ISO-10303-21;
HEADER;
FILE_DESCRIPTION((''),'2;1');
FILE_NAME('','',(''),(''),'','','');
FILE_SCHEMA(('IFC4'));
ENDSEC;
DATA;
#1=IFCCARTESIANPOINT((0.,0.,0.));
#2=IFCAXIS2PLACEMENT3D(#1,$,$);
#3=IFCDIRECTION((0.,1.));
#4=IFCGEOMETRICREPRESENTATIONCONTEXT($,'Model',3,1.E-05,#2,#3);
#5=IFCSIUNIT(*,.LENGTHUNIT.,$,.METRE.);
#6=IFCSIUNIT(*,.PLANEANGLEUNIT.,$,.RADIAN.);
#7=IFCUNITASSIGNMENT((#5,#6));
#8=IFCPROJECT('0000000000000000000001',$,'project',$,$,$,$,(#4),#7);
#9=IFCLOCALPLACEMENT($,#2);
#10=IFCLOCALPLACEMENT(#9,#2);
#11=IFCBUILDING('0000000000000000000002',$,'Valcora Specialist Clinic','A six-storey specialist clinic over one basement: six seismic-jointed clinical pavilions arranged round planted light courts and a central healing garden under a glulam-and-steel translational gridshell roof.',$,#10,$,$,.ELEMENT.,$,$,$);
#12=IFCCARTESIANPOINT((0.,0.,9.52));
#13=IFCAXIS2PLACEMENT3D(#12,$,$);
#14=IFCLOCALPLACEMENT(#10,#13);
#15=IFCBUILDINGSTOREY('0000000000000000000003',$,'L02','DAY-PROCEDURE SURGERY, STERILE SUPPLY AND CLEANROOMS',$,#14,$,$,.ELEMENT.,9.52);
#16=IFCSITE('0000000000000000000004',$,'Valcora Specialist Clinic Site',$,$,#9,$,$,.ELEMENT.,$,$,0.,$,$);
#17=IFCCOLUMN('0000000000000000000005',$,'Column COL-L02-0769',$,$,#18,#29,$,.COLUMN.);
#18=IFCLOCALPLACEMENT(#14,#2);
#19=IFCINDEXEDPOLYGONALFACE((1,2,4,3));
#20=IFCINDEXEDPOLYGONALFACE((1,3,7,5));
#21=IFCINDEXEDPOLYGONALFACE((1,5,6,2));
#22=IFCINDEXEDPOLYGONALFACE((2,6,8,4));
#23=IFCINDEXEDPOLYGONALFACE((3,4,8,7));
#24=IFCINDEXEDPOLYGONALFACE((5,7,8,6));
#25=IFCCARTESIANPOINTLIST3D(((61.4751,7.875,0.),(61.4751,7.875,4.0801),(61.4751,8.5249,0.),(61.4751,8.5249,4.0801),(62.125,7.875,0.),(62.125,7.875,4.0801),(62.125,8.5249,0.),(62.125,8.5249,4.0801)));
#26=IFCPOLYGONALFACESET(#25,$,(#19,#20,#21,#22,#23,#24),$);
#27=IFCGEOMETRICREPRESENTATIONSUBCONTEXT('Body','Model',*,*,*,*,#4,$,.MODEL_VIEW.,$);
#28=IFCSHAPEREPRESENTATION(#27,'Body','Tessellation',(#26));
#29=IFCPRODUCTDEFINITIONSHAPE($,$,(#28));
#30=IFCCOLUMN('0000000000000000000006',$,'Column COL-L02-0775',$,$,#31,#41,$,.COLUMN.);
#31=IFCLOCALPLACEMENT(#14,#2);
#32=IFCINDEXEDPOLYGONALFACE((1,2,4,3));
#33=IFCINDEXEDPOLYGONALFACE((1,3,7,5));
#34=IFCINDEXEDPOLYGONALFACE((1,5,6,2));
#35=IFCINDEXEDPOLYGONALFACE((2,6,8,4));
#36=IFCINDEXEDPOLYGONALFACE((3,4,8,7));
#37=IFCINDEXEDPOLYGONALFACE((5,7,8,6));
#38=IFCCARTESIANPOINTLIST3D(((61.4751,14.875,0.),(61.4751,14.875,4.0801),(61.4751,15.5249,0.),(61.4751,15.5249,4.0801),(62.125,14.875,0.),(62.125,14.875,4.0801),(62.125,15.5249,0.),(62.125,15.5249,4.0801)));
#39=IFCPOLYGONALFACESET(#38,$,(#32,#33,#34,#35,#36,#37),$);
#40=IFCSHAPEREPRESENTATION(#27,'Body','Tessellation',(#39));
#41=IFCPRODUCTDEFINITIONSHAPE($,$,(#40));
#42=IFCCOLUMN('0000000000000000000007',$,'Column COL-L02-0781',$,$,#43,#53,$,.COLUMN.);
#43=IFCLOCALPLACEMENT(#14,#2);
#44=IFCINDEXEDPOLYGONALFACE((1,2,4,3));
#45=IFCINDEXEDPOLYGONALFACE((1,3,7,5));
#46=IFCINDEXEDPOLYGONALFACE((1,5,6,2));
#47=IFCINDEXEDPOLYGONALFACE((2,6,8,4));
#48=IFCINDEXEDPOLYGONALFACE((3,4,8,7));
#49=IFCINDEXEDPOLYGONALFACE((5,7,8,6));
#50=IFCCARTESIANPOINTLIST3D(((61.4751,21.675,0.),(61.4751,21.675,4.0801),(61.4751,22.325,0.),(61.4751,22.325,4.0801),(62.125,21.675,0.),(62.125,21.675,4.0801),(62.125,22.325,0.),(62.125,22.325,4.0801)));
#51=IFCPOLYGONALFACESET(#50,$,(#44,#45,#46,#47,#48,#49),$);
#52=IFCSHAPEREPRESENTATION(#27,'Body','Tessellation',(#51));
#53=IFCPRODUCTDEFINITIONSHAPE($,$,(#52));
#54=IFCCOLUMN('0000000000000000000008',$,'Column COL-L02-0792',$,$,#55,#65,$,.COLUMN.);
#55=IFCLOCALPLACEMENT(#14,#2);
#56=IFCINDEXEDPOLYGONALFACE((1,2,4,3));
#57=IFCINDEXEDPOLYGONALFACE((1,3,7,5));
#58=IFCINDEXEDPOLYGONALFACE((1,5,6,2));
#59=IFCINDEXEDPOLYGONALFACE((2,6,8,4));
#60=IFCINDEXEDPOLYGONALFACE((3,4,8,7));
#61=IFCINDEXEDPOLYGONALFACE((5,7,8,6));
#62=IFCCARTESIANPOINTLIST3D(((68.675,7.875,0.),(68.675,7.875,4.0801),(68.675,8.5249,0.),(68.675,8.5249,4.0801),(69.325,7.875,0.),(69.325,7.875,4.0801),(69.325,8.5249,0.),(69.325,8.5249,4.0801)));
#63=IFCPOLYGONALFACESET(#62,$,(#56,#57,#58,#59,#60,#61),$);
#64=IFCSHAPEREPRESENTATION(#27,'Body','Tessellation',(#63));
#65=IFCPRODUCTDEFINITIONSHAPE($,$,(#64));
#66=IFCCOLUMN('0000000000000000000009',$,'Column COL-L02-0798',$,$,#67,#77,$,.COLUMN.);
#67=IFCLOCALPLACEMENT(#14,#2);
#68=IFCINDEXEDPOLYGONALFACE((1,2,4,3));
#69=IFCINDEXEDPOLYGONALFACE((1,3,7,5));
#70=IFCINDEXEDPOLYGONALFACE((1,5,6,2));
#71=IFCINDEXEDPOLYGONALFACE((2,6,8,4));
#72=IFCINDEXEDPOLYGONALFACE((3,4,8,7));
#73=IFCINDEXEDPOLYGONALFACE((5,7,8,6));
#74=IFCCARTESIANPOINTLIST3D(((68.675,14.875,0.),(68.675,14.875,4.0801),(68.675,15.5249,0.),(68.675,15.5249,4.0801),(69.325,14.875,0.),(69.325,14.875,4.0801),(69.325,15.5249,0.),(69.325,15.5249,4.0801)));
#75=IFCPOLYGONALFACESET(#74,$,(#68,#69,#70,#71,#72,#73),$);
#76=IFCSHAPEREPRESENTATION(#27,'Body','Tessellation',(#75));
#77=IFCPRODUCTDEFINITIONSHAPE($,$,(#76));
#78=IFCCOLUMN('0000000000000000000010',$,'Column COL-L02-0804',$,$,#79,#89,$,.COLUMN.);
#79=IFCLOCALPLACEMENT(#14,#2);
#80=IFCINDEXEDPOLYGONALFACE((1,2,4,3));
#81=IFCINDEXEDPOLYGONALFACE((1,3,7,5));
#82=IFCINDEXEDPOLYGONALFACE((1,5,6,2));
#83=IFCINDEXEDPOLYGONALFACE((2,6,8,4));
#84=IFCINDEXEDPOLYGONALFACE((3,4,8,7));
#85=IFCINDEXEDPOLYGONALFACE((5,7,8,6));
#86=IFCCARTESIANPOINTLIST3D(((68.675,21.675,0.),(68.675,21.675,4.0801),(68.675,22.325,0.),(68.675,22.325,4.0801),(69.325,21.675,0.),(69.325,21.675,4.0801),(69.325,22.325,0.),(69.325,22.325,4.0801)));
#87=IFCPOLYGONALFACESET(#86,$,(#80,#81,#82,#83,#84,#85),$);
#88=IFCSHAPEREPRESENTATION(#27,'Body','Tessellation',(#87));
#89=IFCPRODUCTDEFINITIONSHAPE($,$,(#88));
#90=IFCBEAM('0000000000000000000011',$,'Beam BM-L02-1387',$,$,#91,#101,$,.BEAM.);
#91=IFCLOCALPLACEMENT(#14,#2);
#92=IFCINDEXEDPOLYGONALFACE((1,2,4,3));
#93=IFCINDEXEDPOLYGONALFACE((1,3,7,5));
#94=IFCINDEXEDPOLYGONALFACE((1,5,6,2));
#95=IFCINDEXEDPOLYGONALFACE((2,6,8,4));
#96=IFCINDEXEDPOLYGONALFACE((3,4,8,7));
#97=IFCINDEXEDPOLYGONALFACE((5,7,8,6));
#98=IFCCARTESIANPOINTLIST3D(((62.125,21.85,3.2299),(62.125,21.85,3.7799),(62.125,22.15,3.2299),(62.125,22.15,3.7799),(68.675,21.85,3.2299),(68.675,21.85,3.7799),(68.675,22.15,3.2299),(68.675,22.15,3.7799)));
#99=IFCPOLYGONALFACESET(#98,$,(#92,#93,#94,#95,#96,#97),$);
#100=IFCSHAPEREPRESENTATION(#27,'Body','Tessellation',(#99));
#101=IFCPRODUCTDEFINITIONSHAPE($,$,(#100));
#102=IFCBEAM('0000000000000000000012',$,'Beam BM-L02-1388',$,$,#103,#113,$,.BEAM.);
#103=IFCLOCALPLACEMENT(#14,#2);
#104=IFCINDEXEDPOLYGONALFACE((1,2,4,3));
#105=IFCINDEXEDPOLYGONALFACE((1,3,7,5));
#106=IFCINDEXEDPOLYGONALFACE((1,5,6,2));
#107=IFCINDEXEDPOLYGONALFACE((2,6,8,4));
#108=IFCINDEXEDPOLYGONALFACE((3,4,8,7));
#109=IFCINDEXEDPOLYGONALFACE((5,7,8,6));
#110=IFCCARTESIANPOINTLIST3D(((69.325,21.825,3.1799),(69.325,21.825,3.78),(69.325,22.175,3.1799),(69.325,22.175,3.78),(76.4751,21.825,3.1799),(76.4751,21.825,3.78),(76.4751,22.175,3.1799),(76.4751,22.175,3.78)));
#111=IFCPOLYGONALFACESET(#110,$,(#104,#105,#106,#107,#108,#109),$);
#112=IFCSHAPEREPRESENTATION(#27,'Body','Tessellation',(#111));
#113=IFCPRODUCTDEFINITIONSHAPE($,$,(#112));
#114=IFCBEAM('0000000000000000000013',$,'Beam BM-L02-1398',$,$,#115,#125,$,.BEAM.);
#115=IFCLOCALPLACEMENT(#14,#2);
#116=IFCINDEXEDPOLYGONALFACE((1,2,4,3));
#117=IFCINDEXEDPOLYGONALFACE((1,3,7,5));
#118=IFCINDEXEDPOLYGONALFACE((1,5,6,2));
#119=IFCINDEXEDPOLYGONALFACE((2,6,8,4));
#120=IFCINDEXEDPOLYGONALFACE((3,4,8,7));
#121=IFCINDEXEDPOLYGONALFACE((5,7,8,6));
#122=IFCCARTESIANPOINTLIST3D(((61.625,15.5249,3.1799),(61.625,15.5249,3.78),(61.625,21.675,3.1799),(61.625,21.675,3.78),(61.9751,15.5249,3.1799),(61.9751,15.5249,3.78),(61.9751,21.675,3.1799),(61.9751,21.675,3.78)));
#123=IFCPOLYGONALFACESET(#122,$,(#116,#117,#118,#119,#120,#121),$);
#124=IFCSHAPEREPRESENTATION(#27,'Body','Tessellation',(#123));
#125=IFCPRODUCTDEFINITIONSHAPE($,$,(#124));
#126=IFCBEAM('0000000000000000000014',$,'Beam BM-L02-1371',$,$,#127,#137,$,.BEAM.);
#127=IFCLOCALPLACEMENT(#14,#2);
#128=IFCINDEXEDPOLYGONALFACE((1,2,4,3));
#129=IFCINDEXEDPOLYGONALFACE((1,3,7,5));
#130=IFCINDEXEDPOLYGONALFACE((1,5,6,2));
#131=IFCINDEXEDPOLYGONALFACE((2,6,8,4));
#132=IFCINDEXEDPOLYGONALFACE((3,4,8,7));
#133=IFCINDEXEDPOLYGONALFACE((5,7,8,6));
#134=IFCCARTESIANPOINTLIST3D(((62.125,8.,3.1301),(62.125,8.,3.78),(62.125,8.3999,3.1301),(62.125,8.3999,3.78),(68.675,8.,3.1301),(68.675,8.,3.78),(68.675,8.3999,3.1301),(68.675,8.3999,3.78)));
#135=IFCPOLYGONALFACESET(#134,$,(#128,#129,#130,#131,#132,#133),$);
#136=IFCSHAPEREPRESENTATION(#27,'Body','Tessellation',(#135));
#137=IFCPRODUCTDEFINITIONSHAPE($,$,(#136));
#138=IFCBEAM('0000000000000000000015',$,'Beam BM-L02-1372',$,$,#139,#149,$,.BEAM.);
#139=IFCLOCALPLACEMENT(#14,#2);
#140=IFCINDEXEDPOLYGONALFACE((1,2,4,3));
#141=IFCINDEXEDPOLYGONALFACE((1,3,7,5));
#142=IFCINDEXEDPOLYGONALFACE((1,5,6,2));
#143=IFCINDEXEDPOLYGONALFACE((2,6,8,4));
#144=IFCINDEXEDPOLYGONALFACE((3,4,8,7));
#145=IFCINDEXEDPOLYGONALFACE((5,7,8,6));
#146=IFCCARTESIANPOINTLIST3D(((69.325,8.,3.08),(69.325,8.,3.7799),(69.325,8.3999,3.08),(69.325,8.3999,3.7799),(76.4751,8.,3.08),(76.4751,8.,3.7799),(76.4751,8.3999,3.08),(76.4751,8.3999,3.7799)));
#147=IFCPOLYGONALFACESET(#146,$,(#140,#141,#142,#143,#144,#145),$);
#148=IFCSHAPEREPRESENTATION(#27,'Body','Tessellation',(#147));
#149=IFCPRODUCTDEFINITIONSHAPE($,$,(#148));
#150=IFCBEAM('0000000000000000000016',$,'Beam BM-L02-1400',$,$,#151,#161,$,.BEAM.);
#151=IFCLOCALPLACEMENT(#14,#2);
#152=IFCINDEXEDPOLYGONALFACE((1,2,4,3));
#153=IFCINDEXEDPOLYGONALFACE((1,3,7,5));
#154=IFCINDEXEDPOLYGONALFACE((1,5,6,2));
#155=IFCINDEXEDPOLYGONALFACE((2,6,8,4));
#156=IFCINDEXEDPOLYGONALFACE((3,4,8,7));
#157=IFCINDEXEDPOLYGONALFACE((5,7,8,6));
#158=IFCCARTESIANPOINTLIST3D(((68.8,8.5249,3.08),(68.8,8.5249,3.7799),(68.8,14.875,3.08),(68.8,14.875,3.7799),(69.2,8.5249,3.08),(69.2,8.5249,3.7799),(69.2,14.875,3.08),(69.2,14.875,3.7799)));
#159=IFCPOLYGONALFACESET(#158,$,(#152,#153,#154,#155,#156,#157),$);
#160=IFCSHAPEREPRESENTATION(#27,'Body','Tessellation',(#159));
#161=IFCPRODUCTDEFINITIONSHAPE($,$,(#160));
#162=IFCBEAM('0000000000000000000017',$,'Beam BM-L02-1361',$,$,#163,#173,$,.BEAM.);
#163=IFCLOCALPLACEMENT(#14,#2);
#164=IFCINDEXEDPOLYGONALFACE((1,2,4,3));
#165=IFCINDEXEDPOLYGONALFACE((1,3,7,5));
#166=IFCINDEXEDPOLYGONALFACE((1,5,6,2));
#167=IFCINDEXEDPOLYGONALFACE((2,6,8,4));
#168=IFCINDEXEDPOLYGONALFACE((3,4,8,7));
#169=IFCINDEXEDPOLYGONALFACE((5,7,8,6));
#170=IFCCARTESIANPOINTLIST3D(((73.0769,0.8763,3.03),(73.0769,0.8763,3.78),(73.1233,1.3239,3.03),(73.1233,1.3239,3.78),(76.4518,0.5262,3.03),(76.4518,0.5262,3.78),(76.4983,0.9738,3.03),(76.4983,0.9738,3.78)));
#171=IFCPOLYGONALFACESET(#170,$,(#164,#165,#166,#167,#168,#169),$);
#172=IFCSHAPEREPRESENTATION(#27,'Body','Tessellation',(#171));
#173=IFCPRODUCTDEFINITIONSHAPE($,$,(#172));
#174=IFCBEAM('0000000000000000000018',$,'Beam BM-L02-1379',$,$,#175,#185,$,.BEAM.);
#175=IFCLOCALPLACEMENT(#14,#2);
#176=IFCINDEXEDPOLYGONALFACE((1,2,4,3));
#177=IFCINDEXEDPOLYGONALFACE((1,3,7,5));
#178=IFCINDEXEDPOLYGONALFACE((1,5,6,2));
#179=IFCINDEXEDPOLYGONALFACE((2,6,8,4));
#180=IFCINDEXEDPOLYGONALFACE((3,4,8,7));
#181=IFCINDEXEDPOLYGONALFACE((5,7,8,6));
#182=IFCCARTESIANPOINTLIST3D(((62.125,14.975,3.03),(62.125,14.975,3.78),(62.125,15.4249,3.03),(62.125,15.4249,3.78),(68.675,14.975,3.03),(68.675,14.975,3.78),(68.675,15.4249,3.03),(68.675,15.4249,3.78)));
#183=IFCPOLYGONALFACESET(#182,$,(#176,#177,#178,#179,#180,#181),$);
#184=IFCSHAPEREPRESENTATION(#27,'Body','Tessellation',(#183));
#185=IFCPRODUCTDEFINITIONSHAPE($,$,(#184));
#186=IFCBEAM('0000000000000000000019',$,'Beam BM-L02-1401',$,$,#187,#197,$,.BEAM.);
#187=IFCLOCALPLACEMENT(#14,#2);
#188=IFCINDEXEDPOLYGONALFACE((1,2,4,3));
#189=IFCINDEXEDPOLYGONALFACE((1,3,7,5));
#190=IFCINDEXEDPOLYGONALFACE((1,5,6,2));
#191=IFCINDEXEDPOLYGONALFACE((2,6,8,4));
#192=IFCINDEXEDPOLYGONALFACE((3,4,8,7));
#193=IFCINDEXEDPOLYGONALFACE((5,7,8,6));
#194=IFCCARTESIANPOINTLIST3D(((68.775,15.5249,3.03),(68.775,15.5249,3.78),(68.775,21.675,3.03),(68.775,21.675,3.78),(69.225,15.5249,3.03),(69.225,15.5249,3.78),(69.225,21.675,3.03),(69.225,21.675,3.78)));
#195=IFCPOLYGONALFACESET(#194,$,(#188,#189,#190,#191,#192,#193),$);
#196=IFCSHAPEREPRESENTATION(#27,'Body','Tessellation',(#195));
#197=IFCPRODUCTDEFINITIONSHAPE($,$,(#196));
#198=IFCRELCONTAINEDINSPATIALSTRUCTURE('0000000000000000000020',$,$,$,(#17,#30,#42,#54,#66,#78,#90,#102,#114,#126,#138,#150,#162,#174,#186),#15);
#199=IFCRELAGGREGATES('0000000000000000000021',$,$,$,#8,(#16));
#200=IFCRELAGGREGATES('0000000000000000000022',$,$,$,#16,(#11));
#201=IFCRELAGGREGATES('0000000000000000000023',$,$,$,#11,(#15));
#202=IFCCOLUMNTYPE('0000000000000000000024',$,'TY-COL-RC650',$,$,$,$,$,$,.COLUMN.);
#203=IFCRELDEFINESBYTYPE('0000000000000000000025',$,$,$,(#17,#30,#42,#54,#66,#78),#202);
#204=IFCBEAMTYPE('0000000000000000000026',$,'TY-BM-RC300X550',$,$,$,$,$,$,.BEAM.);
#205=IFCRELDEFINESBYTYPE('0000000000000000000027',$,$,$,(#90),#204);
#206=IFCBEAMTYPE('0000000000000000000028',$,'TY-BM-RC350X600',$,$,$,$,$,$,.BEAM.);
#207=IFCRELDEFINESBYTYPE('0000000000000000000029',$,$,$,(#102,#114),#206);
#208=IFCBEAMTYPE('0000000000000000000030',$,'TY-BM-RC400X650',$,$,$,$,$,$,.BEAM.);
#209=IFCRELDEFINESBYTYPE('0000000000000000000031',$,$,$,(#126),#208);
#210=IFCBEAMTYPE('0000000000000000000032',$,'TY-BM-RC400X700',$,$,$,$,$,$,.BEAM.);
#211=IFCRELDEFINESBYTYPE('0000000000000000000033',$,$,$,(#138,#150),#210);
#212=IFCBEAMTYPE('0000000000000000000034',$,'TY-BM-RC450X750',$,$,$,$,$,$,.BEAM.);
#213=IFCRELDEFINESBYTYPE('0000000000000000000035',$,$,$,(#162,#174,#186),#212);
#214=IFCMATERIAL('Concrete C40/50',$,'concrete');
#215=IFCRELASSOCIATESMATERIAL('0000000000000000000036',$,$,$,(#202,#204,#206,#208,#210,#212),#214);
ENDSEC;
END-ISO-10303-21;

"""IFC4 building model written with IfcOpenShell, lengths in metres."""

from ifc_helpers import new_model, si_unit, direction, frame, origin, origin_2d, place, context, subcontext, project, spatial, rectangle, extrude, material, material_profile, profile_set, type_object, element, save


model = new_model("IFC4")

# Units and contexts
model_context = context("Model", 3, precision=1e-05, world=origin(), true_north=direction((0.0, 1.0)))
body_context = subcontext(model_context, "Body", "Model", "MODEL_VIEW")
ifc_project = project(units=[si_unit("LENGTHUNIT", "METRE"), si_unit("PLANEANGLEUNIT", "RADIAN")], contexts=[model_context])

# Site, building, storey
site_placement = place(None, origin())
site = spatial("IfcSite", under=ifc_project, at=site_placement, Name="Valcora Specialist Clinic Site", CompositionType="ELEMENT", RefElevation=0.0)
building_placement = place(site_placement, origin())
building = spatial("IfcBuilding", under=site, at=building_placement, Name="Valcora Specialist Clinic", Description="A six-storey specialist clinic over one basement: six seismic-jointed clinical pavilions arranged round planted light courts and a central healing garden under a glulam-and-steel translational gridshell roof.", CompositionType="ELEMENT")
storey_placement = place(building_placement, frame((0.0, 0.0, 9.52)))
storey = spatial("IfcBuildingStorey", under=building, at=storey_placement, Name="L02", Description="DAY-PROCEDURE SURGERY, STERILE SUPPLY AND CLEANROOMS", CompositionType="ELEMENT", Elevation=9.52)

# Columns
ifc_material_1 = material(Name="Concrete C40/50", Category="concrete")
ifc_material_profile_1 = material_profile(ifc_material_1, rectangle(XDim=0.6499, YDim=0.6499, at=origin_2d()), Name="RC-COL-650X650")
ifc_profile_set_1 = profile_set([ifc_material_profile_1], Name="Concrete C40/50")
column_type = type_object("IfcColumnType", Name="TY-COL-RC650", PredefinedType="COLUMN", material=ifc_profile_set_1)
for number, where, z_axis, x_axis, name in (
    (1, (61.8, 8.2, 0.0), (0.0, 0.0, 1.0), (1.0, 0.0, 0.0), "Column COL-L02-0769"),
    (2, (61.8, 15.2, 0.0), (0.0, 0.0, 1.0), (1.0, 0.0, 0.0), "Column COL-L02-0775"),
    (3, (61.8, 22.0, 0.0), (0.0, 0.0, 1.0), (1.0, 0.0, 0.0), "Column COL-L02-0781"),
    (4, (69.0, 8.2, 0.0), (0.0, 0.0, 1.0), (1.0, 0.0, 0.0), "Column COL-L02-0792"),
    (5, (69.0, 15.2, 0.0), (0.0, 0.0, 1.0), (1.0, 0.0, 0.0), "Column COL-L02-0798"),
    (6, (69.0, 22.0, 0.0), (0.0, 0.0, 1.0), (1.0, 0.0, 0.0), "Column COL-L02-0804"),
):
    element("IfcColumn", number, at=place(storey_placement, frame(where, z_axis=z_axis, x_axis=x_axis)), inside=storey, type_object=column_type, Name=name, PredefinedType="COLUMN", context=body_context, shape_type="SweptSolid", body=[
        extrude(rectangle(XDim=0.6499, YDim=0.6499, at=origin_2d()), origin(), (0.0, 0.0, 1.0), 4.0801),
    ])

# Beams
ifc_material_profile_2 = material_profile(ifc_material_1, rectangle(XDim=0.3, YDim=0.55, at=origin_2d()), Name="RC-BM-300X550")
ifc_profile_set_2 = profile_set([ifc_material_profile_2], Name="Concrete C40/50")
beam_type_1 = type_object("IfcBeamType", Name="TY-BM-RC300X550", PredefinedType="BEAM", material=ifc_profile_set_2)
beam_1_placement = place(storey_placement, frame((62.125, 22.0, 3.5049), z_axis=(1.0, 0.0, 0.0), x_axis=(0.0, 1.0, 0.0)))
element("IfcBeam", 7, at=beam_1_placement, inside=storey, type_object=beam_type_1, Name="Beam BM-L02-1387", PredefinedType="BEAM", context=body_context, shape_type="SweptSolid", body=[
    extrude(rectangle(XDim=0.3, YDim=0.55, at=origin_2d()), origin(), (0.0, 0.0, 1.0), 6.55),
])
ifc_material_profile_3 = material_profile(ifc_material_1, rectangle(XDim=0.3501, YDim=0.6001, at=origin_2d()), Name="RC-BM-350X600")
ifc_profile_set_3 = profile_set([ifc_material_profile_3], Name="Concrete C40/50")
beam_type_2 = type_object("IfcBeamType", Name="TY-BM-RC350X600", PredefinedType="BEAM", material=ifc_profile_set_3)
beam_2_placement = place(storey_placement, frame((69.325, 22.0, 3.48), z_axis=(1.0, 0.0, 0.0), x_axis=(0.0, 1.0, 0.0)))
element("IfcBeam", 8, at=beam_2_placement, inside=storey, type_object=beam_type_2, Name="Beam BM-L02-1388", PredefinedType="BEAM", context=body_context, shape_type="SweptSolid", body=[
    extrude(rectangle(XDim=0.3501, YDim=0.6001, at=origin_2d()), origin(), (0.0, 0.0, 1.0), 7.1501),
])
beam_3_placement = place(storey_placement, frame((61.8, 15.5249, 3.48), z_axis=(0.0, 1.0, 0.0), x_axis=(-1.0, 0.0, 0.0)))
element("IfcBeam", 9, at=beam_3_placement, inside=storey, type_object=beam_type_2, Name="Beam BM-L02-1398", PredefinedType="BEAM", context=body_context, shape_type="SweptSolid", body=[
    extrude(rectangle(XDim=0.3501, YDim=0.6001, at=origin_2d()), origin(), (0.0, 0.0, 1.0), 6.1501),
])
ifc_material_profile_4 = material_profile(ifc_material_1, rectangle(XDim=0.3999, YDim=0.6499, at=origin_2d()), Name="RC-BM-400X650")
ifc_profile_set_4 = profile_set([ifc_material_profile_4], Name="Concrete C40/50")
beam_type_3 = type_object("IfcBeamType", Name="TY-BM-RC400X650", PredefinedType="BEAM", material=ifc_profile_set_4)
beam_4_placement = place(storey_placement, frame((62.125, 8.2, 3.4551), z_axis=(1.0, 0.0, 0.0), x_axis=(0.0, 1.0, 0.0)))
element("IfcBeam", 10, at=beam_4_placement, inside=storey, type_object=beam_type_3, Name="Beam BM-L02-1371", PredefinedType="BEAM", context=body_context, shape_type="SweptSolid", body=[
    extrude(rectangle(XDim=0.3999, YDim=0.6499, at=origin_2d()), origin(), (0.0, 0.0, 1.0), 6.55),
])
ifc_material_profile_5 = material_profile(ifc_material_1, rectangle(XDim=0.3999, YDim=0.7, at=origin_2d()), Name="RC-BM-400X700")
ifc_profile_set_5 = profile_set([ifc_material_profile_5], Name="Concrete C40/50")
beam_type_4 = type_object("IfcBeamType", Name="TY-BM-RC400X700", PredefinedType="BEAM", material=ifc_profile_set_5)
beam_5_placement = place(storey_placement, frame((69.325, 8.2, 3.4299), z_axis=(1.0, 0.0, 0.0), x_axis=(0.0, 1.0, 0.0)))
element("IfcBeam", 11, at=beam_5_placement, inside=storey, type_object=beam_type_4, Name="Beam BM-L02-1372", PredefinedType="BEAM", context=body_context, shape_type="SweptSolid", body=[
    extrude(rectangle(XDim=0.3999, YDim=0.7, at=origin_2d()), origin(), (0.0, 0.0, 1.0), 7.1501),
])
beam_6_placement = place(storey_placement, frame((69.0, 8.5249, 3.4299), z_axis=(0.0, 1.0, 0.0), x_axis=(-1.0, 0.0, 0.0)))
element("IfcBeam", 12, at=beam_6_placement, inside=storey, type_object=beam_type_4, Name="Beam BM-L02-1400", PredefinedType="BEAM", context=body_context, shape_type="SweptSolid", body=[
    extrude(rectangle(XDim=0.3999, YDim=0.7, at=origin_2d()), origin(), (0.0, 0.0, 1.0), 6.3501),
])
ifc_material_profile_6 = material_profile(ifc_material_1, rectangle(XDim=0.45, YDim=0.75, at=origin_2d()), Name="RC-BM-450X750")
ifc_profile_set_6 = profile_set([ifc_material_profile_6], Name="Concrete C40/50")
beam_type_5 = type_object("IfcBeamType", Name="TY-BM-RC450X750", PredefinedType="BEAM", material=ifc_profile_set_6)
beam_7_placement = place(storey_placement, frame((73.1001, 1.1001, 3.405), z_axis=(0.994663, -0.103179, 0.0), x_axis=(0.103179, 0.994663, 0.0)))
element("IfcBeam", 13, at=beam_7_placement, inside=storey, type_object=beam_type_5, Name="Beam BM-L02-1361", PredefinedType="BEAM", context=body_context, shape_type="SweptSolid", body=[
    extrude(rectangle(XDim=0.45, YDim=0.75, at=origin_2d()), origin(), (0.0, 0.0, 1.0), 3.3931),
])
beam_8_placement = place(storey_placement, frame((62.125, 15.2, 3.405), z_axis=(1.0, 0.0, 0.0), x_axis=(0.0, 1.0, 0.0)))
element("IfcBeam", 14, at=beam_8_placement, inside=storey, type_object=beam_type_5, Name="Beam BM-L02-1379", PredefinedType="BEAM", context=body_context, shape_type="SweptSolid", body=[
    extrude(rectangle(XDim=0.45, YDim=0.75, at=origin_2d()), origin(), (0.0, 0.0, 1.0), 6.55),
])
beam_9_placement = place(storey_placement, frame((69.0, 15.5249, 3.405), z_axis=(0.0, 1.0, 0.0), x_axis=(-1.0, 0.0, 0.0)))
element("IfcBeam", 15, at=beam_9_placement, inside=storey, type_object=beam_type_5, Name="Beam BM-L02-1401", PredefinedType="BEAM", context=body_context, shape_type="SweptSolid", body=[
    extrude(rectangle(XDim=0.45, YDim=0.75, at=origin_2d()), origin(), (0.0, 0.0, 1.0), 6.1501),
])

save(model, "model.ifc")
